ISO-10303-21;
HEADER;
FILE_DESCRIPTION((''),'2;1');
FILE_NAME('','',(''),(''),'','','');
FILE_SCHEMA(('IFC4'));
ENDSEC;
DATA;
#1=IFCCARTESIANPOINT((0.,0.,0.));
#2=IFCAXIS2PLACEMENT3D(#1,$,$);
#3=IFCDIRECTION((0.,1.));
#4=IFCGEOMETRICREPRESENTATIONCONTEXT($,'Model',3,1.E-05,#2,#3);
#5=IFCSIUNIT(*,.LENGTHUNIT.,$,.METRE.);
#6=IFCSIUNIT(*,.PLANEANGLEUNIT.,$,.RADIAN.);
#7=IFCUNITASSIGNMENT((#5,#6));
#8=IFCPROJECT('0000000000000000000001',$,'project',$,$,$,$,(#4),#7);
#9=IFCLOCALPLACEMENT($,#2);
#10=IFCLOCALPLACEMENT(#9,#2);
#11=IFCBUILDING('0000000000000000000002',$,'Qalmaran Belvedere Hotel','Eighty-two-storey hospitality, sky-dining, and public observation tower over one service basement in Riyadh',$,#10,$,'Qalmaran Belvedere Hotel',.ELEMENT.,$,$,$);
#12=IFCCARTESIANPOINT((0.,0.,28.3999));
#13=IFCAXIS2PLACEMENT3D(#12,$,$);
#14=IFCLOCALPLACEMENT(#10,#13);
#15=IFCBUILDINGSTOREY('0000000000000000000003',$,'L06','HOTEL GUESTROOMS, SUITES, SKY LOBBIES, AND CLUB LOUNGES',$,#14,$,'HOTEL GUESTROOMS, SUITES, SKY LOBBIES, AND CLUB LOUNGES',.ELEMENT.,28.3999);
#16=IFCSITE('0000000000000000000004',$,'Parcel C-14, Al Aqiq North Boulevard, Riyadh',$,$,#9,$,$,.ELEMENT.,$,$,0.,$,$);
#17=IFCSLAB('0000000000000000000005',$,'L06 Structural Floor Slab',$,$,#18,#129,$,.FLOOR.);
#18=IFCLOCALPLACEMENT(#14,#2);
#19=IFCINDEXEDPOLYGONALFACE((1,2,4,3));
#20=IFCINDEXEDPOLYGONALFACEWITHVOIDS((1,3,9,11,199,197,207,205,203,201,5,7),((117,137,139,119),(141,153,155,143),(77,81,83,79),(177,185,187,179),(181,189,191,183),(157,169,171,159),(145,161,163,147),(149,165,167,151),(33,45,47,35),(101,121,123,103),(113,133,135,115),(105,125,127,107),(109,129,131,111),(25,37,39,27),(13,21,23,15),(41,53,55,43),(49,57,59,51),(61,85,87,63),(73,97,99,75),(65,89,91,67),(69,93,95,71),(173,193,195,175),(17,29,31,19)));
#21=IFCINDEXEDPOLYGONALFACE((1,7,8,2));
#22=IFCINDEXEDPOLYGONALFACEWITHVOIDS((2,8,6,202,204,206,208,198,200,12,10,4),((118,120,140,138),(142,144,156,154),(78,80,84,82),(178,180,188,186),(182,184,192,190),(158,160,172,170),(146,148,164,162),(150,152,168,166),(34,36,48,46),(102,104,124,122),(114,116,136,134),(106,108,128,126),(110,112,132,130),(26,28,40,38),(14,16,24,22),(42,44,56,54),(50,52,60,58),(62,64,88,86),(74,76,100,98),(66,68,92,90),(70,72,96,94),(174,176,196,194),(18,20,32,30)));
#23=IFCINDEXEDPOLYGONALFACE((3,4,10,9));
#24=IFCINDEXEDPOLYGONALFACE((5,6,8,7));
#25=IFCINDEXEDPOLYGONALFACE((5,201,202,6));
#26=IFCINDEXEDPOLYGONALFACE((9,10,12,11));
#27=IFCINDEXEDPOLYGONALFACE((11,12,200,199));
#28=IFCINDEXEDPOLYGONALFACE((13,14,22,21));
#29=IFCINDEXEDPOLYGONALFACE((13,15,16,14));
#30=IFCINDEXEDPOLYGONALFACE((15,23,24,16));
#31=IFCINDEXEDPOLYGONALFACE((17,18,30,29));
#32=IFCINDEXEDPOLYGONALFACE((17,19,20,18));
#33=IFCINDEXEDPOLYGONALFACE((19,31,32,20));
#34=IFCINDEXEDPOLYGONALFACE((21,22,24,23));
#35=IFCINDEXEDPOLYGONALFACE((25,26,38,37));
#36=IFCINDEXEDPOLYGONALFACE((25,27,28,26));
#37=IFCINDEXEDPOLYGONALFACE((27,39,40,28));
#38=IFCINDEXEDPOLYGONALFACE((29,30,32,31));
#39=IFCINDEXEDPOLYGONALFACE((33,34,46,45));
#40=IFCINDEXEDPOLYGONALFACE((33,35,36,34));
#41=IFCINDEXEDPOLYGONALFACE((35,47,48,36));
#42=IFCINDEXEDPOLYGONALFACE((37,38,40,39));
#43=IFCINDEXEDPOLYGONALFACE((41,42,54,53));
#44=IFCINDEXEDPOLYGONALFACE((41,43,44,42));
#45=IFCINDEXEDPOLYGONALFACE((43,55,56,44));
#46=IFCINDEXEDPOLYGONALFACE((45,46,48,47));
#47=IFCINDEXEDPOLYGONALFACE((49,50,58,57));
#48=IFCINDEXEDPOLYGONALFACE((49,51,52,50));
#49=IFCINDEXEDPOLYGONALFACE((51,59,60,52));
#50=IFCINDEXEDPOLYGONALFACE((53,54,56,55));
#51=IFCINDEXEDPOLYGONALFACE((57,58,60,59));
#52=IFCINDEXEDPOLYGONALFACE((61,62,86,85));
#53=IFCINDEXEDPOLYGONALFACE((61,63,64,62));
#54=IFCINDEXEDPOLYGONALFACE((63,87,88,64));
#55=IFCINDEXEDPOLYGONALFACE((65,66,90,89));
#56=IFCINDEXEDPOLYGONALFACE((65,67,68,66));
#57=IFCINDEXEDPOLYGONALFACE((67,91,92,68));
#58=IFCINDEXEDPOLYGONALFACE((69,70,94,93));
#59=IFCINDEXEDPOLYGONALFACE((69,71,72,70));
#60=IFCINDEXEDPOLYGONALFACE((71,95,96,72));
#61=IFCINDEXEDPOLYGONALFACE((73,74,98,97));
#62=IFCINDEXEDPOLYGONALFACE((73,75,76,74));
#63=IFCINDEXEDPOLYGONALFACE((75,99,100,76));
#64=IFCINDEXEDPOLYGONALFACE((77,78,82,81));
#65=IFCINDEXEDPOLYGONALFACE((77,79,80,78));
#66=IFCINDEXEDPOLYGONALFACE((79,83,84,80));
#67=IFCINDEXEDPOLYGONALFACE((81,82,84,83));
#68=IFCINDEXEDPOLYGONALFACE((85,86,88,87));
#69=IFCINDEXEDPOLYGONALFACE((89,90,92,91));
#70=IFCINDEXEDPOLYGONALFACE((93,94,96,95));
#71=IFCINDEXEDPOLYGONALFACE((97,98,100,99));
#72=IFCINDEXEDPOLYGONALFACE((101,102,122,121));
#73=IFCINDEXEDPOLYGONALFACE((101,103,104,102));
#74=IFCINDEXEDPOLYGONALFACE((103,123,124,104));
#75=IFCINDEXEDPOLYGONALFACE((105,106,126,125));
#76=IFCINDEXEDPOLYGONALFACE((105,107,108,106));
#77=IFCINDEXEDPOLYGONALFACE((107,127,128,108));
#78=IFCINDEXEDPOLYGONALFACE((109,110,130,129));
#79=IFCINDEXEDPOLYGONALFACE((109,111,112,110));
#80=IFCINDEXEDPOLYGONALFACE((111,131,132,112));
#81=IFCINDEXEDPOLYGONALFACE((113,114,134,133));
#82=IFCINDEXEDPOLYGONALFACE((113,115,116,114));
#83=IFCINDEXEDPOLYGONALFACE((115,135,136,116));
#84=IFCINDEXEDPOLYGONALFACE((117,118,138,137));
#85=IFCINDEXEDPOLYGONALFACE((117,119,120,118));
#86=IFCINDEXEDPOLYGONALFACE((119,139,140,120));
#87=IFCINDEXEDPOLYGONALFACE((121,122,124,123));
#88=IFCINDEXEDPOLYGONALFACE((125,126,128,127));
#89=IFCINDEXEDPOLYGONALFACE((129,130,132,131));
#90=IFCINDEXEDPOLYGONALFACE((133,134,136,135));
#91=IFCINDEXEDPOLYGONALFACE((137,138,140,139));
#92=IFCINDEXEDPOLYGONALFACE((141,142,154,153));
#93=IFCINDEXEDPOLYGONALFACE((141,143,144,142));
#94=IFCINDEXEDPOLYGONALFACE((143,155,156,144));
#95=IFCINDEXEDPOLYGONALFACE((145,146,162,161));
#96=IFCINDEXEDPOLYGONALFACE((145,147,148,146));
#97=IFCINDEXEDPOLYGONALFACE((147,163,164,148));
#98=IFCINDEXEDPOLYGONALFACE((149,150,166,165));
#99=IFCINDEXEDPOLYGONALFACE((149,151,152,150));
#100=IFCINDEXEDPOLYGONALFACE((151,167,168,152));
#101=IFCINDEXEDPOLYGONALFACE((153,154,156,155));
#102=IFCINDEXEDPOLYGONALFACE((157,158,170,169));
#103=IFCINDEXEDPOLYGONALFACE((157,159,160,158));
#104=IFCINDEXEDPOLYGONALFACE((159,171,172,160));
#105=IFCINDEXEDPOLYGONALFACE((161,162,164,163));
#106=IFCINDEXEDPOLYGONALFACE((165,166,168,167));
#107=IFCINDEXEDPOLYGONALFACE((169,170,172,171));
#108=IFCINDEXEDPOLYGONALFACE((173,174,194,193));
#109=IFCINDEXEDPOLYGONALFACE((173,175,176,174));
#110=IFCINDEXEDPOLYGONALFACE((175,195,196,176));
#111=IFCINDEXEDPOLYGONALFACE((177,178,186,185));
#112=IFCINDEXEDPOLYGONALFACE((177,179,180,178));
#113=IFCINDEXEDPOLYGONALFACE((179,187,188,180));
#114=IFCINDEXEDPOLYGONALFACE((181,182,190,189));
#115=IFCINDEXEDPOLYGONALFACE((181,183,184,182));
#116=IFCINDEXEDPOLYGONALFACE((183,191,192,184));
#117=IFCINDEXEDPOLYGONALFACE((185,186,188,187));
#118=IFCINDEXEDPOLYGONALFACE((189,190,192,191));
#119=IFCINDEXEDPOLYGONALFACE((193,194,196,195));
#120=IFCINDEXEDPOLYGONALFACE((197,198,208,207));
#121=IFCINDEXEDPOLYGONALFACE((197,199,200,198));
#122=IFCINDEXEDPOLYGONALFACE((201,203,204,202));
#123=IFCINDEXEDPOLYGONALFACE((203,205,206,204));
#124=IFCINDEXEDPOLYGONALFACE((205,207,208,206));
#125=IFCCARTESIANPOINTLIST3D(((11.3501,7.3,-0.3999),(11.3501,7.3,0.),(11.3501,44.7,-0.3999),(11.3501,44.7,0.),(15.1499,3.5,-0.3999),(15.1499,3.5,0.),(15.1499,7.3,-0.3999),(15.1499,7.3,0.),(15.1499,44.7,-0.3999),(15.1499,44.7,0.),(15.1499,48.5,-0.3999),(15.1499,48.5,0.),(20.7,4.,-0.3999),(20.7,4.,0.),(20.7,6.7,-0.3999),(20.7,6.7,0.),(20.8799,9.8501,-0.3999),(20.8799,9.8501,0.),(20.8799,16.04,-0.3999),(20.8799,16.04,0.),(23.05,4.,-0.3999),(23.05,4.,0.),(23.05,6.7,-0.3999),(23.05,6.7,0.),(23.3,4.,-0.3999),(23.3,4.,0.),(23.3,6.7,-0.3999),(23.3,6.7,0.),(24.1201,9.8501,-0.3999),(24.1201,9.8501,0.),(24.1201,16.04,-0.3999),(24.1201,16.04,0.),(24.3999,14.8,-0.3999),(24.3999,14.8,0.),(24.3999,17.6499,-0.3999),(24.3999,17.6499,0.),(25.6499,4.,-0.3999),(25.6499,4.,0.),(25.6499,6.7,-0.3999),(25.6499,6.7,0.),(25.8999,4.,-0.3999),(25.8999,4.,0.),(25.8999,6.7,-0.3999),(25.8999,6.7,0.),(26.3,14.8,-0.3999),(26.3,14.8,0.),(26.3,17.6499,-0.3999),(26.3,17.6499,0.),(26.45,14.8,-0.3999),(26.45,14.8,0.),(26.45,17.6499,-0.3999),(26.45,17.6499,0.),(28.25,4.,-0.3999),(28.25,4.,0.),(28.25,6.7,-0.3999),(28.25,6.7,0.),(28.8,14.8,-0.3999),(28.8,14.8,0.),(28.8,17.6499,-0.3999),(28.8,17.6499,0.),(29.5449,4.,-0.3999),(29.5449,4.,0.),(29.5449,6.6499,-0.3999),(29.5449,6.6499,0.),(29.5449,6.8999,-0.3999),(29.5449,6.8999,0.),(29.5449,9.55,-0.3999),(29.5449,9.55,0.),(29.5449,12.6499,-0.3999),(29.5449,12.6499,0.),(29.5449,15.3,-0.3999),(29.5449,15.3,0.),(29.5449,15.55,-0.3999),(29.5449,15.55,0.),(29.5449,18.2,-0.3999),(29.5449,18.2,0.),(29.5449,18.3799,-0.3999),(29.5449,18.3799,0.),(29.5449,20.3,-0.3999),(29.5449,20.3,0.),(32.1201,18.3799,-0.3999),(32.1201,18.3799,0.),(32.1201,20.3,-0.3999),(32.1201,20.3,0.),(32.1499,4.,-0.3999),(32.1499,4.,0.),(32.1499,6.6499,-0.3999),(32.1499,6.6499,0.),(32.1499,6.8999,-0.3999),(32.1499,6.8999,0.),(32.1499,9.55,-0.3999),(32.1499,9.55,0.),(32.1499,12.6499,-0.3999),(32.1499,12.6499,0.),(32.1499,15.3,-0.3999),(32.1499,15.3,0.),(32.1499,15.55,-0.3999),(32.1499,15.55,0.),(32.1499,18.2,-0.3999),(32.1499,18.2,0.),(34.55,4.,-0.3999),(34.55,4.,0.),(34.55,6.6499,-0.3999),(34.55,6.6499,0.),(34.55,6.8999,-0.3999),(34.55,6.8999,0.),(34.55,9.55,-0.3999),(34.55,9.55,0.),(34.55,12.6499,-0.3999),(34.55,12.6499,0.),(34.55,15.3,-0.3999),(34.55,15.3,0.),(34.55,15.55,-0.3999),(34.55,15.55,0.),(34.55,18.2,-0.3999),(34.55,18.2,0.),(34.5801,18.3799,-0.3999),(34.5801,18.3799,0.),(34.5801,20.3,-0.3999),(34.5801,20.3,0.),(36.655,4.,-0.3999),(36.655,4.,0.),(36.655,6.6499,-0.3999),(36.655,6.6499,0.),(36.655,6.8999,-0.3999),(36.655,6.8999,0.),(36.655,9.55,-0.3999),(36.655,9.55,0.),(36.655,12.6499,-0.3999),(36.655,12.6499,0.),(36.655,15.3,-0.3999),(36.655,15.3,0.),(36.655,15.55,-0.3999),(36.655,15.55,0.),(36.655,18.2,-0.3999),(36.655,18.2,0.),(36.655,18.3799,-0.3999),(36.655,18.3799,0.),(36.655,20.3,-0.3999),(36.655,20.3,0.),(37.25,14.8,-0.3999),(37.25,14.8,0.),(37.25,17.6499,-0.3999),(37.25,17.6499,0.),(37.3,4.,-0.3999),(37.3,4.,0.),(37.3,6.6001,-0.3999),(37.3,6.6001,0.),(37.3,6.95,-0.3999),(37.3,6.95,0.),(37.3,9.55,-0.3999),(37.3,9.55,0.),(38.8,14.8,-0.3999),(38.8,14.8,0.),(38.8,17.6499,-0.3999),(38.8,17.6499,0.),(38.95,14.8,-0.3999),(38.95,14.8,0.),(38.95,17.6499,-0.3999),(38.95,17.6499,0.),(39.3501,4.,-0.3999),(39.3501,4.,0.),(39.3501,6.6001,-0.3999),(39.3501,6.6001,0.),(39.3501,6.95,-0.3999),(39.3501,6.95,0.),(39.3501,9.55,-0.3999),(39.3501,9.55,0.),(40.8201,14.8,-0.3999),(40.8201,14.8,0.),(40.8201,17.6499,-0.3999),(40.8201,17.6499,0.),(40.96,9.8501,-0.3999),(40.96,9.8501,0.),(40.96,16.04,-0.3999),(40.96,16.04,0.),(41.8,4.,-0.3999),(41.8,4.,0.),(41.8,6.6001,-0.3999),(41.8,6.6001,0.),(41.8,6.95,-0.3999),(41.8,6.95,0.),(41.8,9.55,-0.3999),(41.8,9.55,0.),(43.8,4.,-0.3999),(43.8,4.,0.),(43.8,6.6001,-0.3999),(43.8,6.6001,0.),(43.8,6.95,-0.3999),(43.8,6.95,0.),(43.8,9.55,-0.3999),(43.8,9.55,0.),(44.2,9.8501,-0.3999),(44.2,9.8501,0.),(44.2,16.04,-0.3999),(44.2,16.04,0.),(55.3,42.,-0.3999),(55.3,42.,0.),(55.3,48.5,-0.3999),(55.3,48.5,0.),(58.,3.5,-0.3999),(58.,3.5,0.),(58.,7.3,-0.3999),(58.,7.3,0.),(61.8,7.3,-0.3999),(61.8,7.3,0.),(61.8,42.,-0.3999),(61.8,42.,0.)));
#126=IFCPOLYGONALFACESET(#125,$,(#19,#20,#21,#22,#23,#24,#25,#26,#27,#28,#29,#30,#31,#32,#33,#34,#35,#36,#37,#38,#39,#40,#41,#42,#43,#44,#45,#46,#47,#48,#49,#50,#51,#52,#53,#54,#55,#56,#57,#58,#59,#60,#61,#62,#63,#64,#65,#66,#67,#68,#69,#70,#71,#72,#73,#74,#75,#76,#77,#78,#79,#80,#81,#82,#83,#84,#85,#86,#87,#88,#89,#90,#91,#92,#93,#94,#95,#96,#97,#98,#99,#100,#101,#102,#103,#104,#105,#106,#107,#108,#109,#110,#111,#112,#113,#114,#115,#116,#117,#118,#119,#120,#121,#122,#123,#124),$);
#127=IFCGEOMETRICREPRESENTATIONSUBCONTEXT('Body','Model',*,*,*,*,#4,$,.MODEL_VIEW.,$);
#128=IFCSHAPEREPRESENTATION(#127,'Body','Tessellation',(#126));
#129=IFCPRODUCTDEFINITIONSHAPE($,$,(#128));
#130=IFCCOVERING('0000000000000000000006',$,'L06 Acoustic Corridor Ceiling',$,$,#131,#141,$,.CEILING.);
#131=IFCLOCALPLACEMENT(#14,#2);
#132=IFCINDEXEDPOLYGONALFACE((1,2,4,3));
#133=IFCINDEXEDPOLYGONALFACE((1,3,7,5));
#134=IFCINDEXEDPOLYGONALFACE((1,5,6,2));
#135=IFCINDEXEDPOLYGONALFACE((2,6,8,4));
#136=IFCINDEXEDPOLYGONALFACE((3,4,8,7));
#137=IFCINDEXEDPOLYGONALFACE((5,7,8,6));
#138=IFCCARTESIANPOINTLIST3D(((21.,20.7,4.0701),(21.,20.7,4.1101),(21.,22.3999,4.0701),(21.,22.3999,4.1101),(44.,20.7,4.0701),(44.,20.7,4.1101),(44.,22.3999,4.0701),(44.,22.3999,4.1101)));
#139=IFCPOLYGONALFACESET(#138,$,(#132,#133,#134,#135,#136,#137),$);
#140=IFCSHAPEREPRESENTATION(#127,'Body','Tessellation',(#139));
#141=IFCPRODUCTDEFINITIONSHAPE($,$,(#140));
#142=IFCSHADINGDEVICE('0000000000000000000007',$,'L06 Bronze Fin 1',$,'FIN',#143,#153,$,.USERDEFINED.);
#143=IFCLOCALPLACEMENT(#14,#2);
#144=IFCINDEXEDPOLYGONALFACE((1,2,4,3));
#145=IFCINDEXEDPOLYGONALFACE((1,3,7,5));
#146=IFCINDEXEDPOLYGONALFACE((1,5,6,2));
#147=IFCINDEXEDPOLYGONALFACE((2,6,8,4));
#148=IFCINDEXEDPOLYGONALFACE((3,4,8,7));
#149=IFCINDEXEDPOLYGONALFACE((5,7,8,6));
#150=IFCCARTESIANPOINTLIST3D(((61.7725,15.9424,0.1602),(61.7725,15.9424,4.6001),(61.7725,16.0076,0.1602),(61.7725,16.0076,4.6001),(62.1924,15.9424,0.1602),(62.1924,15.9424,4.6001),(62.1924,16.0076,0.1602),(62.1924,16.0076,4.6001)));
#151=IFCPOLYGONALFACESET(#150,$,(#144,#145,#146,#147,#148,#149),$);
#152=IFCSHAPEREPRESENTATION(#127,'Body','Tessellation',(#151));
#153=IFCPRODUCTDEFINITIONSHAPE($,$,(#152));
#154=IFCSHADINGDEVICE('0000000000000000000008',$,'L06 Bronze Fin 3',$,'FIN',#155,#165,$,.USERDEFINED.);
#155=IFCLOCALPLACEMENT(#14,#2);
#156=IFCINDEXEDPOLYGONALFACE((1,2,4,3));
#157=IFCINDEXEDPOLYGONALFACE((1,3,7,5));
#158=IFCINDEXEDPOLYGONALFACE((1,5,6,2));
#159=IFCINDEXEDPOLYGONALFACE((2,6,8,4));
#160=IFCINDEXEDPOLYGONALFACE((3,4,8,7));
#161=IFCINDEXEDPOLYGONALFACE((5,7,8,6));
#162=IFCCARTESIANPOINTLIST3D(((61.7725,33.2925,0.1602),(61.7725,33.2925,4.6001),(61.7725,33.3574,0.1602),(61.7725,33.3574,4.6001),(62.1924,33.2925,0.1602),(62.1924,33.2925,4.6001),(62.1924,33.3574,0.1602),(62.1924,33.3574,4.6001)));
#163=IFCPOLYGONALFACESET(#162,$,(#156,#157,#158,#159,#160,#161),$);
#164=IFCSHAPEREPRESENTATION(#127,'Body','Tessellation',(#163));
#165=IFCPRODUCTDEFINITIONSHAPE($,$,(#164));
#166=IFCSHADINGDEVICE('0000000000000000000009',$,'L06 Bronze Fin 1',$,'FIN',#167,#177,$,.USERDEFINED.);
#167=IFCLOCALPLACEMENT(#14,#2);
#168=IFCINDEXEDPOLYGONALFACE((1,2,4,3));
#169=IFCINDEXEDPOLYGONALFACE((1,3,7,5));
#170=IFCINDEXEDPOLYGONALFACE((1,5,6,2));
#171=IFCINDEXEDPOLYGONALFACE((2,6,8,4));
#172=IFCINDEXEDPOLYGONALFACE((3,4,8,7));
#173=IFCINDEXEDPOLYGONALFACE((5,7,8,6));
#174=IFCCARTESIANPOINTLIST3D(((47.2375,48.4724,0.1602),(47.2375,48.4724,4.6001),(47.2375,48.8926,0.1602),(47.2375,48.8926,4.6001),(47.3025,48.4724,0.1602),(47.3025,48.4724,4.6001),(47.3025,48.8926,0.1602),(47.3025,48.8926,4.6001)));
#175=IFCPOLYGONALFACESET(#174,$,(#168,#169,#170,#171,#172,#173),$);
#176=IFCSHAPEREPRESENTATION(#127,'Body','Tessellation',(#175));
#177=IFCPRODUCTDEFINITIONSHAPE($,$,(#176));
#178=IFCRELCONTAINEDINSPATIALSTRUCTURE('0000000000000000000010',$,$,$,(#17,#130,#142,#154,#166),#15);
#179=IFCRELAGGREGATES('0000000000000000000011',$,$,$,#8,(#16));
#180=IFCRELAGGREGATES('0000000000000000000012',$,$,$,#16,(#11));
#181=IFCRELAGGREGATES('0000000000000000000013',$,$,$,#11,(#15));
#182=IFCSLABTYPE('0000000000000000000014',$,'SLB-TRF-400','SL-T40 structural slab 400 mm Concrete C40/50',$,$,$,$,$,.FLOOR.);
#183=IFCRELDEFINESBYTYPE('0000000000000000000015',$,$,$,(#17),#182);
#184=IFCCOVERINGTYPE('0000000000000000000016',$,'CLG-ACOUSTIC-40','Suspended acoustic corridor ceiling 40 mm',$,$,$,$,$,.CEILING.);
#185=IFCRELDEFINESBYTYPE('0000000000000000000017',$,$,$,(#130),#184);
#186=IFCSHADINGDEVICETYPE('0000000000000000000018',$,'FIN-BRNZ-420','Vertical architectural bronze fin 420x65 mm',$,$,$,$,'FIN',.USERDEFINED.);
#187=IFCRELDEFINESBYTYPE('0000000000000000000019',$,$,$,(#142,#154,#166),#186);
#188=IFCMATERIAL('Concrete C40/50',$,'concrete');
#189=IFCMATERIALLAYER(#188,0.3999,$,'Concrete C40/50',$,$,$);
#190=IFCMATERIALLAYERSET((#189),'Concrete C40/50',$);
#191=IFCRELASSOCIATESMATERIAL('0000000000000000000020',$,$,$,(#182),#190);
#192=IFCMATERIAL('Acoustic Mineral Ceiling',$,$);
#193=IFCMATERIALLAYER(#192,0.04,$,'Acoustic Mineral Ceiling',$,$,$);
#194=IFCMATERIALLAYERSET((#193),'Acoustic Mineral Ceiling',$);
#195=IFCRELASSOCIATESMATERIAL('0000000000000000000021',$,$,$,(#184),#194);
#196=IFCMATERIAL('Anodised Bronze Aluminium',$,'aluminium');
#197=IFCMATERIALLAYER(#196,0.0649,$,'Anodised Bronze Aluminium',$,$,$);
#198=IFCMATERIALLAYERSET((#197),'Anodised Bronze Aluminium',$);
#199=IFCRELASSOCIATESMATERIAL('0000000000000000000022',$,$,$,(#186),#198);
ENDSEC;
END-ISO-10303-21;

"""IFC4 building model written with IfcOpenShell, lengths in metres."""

from ifc_helpers import new_model, si_unit, direction, frame, origin, place, context, subcontext, project, spatial, polyline, outline, extrude, material, layer, layer_set, type_object, element, save


model = new_model("IFC4")

# Units and contexts
model_context = context("Model", 3, precision=1e-05, world=origin(), true_north=direction((0.0, 1.0)))
body_context = subcontext(model_context, "Body", "Model", "MODEL_VIEW")
ifc_project = project(units=[si_unit("LENGTHUNIT", "METRE"), si_unit("PLANEANGLEUNIT", "RADIAN")], contexts=[model_context])

# Site, building, storey
site_placement = place(None, origin())
site = spatial("IfcSite", under=ifc_project, at=site_placement, Name="Parcel C-14, Al Aqiq North Boulevard, Riyadh", CompositionType="ELEMENT", RefElevation=0.0)
building_placement = place(site_placement, origin())
building = spatial("IfcBuilding", under=site, at=building_placement, Name="Qalmaran Belvedere Hotel", Description="Eighty-two-storey hospitality, sky-dining, and public observation tower over one service basement in Riyadh", LongName="Qalmaran Belvedere Hotel", CompositionType="ELEMENT")
storey_placement = place(building_placement, frame((0.0, 0.0, 28.3999)))
storey = spatial("IfcBuildingStorey", under=building, at=storey_placement, Name="L06", Description="HOTEL GUESTROOMS, SUITES, SKY LOBBIES, AND CLUB LOUNGES", LongName="HOTEL GUESTROOMS, SUITES, SKY LOBBIES, AND CLUB LOUNGES", CompositionType="ELEMENT", Elevation=28.3999)

# Shared definitions
ifc_material_1 = material(Name="Anodised Bronze Aluminium", Category="aluminium")

# Shared definitions
ifc_material_2 = material(Name="Concrete C40/50", Category="concrete")

# Slab
ifc_layer_1 = layer(ifc_material_2, 0.3999, Name="Concrete C40/50")
ifc_layer_set_1 = layer_set([ifc_layer_1], Name="Concrete C40/50")
slab_type_1 = type_object("IfcSlabType", Name="SLB-TRF-400", Description="SL-T40 structural slab 400 mm Concrete C40/50", PredefinedType="FLOOR", material=ifc_layer_set_1)
slab_1_placement = place(storey_placement, frame((0.0, 0.0, -0.3999)))
element("IfcSlab", 1, at=slab_1_placement, inside=storey, type_object=slab_type_1, Name="L06 Structural Floor Slab", PredefinedType="FLOOR", context=body_context, shape_type="SweptSolid", body=[
    extrude(outline(polyline([(15.1499, 3.5), (58.0, 3.5), (58.0, 7.3), (61.8, 7.3), (61.8, 42.0), (55.3, 42.0), (55.3, 48.5), (15.1499, 48.5), (15.1499, 44.7), (11.3501, 44.7), (11.3501, 7.3), (15.1499, 7.3), (15.1499, 3.5)]), holes=[polyline([(20.8799, 9.8501), (24.1201, 9.8501), (24.1201, 16.04), (20.8799, 16.04), (20.8799, 9.8501)]), polyline([(40.96, 9.8501), (44.2, 9.8501), (44.2, 16.04), (40.96, 16.04), (40.96, 9.8501)]), polyline([(29.5449, 4.0), (32.1499, 4.0), (32.1499, 6.6499), (29.5449, 6.6499), (29.5449, 4.0)]), polyline([(29.5449, 6.8999), (32.1499, 6.8999), (32.1499, 9.55), (29.5449, 9.55), (29.5449, 6.8999)]), polyline([(34.55, 4.0), (36.655, 4.0), (36.655, 6.6499), (34.55, 6.6499), (34.55, 4.0)]), polyline([(34.55, 6.8999), (36.655, 6.8999), (36.655, 9.55), (34.55, 9.55), (34.55, 6.8999)]), polyline([(29.5449, 12.6499), (32.1499, 12.6499), (32.1499, 15.3), (29.5449, 15.3), (29.5449, 12.6499)]), polyline([(29.5449, 15.55), (32.1499, 15.55), (32.1499, 18.2), (29.5449, 18.2), (29.5449, 15.55)]), polyline([(34.55, 12.6499), (36.655, 12.6499), (36.655, 15.3), (34.55, 15.3), (34.55, 12.6499)]), polyline([(34.55, 15.55), (36.655, 15.55), (36.655, 18.2), (34.55, 18.2), (34.55, 15.55)]), polyline([(37.3, 4.0), (39.3501, 4.0), (39.3501, 6.6001), (37.3, 6.6001), (37.3, 4.0)]), polyline([(37.3, 6.95), (39.3501, 6.95), (39.3501, 9.55), (37.3, 9.55), (37.3, 6.95)]), polyline([(41.8, 4.0), (43.8, 4.0), (43.8, 6.6001), (41.8, 6.6001), (41.8, 4.0)]), polyline([(41.8, 6.95), (43.8, 6.95), (43.8, 9.55), (41.8, 9.55), (41.8, 6.95)]), polyline([(20.7, 4.0), (23.05, 4.0), (23.05, 6.7), (20.7, 6.7), (20.7, 4.0)]), polyline([(23.3, 4.0), (25.6499, 4.0), (25.6499, 6.7), (23.3, 6.7), (23.3, 4.0)]), polyline([(25.8999, 4.0), (28.25, 4.0), (28.25, 6.7), (25.8999, 6.7), (25.8999, 4.0)]), polyline([(24.3999, 14.8), (26.3, 14.8), (26.3, 17.6499), (24.3999, 17.6499), (24.3999, 14.8)]), polyline([(38.95, 14.8), (40.8201, 14.8), (40.8201, 17.6499), (38.95, 17.6499), (38.95, 14.8)]), polyline([(26.45, 14.8), (28.8, 14.8), (28.8, 17.6499), (26.45, 17.6499), (26.45, 14.8)]), polyline([(37.25, 14.8), (38.8, 14.8), (38.8, 17.6499), (37.25, 17.6499), (37.25, 14.8)]), polyline([(29.5449, 18.3799), (32.1201, 18.3799), (32.1201, 20.3), (29.5449, 20.3), (29.5449, 18.3799)]), polyline([(34.5801, 18.3799), (36.655, 18.3799), (36.655, 20.3), (34.5801, 20.3), (34.5801, 18.3799)])]), origin(), (0.0, 0.0, 1.0), 0.3999),
])

# Covering
ifc_material_3 = material(Name="Acoustic Mineral Ceiling")
ifc_layer_2 = layer(ifc_material_3, 0.04, Name="Acoustic Mineral Ceiling")
ifc_layer_set_2 = layer_set([ifc_layer_2], Name="Acoustic Mineral Ceiling")
covering_type_1 = type_object("IfcCoveringType", Name="CLG-ACOUSTIC-40", Description="Suspended acoustic corridor ceiling 40 mm", PredefinedType="CEILING", material=ifc_layer_set_2)
covering_1_placement = place(storey_placement, frame((0.0, 0.0, 4.0701)))
element("IfcCovering", 2, at=covering_1_placement, inside=storey, type_object=covering_type_1, Name="L06 Acoustic Corridor Ceiling", PredefinedType="CEILING", context=body_context, shape_type="SweptSolid", body=[
    extrude(outline(polyline([(21.0, 20.7), (44.0, 20.7), (44.0, 22.3999), (21.0, 22.3999), (21.0, 20.7)])), origin(), (0.0, 0.0, 1.0), 0.04),
])

# Shading devices
ifc_layer_3 = layer(ifc_material_1, 0.0649, Name="Anodised Bronze Aluminium")
ifc_layer_set_3 = layer_set([ifc_layer_3], Name="Anodised Bronze Aluminium")
shading_device_type = type_object("IfcShadingDeviceType", Name="FIN-BRNZ-420", Description="Vertical architectural bronze fin 420x65 mm", ElementType="FIN", PredefinedType="USERDEFINED", material=ifc_layer_set_3)
shading_device_1_placement = place(storey_placement, frame((0.0, 0.0, 0.1602)))
element("IfcShadingDevice", 3, at=shading_device_1_placement, inside=storey, type_object=shading_device_type, Name="L06 Bronze Fin 1", ObjectType="FIN", PredefinedType="USERDEFINED", context=body_context, shape_type="SweptSolid", body=[
    extrude(outline(polyline([(61.7725, 15.9424), (62.1924, 15.9424), (62.1924, 16.0076), (61.7725, 16.0076), (61.7725, 15.9424)])), origin(), (0.0, 0.0, 1.0), 4.4399),
])
shading_device_2_placement = place(storey_placement, frame((0.0, 0.0, 0.1602)))
element("IfcShadingDevice", 4, at=shading_device_2_placement, inside=storey, type_object=shading_device_type, Name="L06 Bronze Fin 3", ObjectType="FIN", PredefinedType="USERDEFINED", context=body_context, shape_type="SweptSolid", body=[
    extrude(outline(polyline([(61.7725, 33.2925), (62.1924, 33.2925), (62.1924, 33.3574), (61.7725, 33.3574), (61.7725, 33.2925)])), origin(), (0.0, 0.0, 1.0), 4.4399),
])
shading_device_3_placement = place(storey_placement, frame((0.0, 0.0, 0.1602)))
element("IfcShadingDevice", 5, at=shading_device_3_placement, inside=storey, type_object=shading_device_type, Name="L06 Bronze Fin 1", ObjectType="FIN", PredefinedType="USERDEFINED", context=body_context, shape_type="SweptSolid", body=[
    extrude(outline(polyline([(47.3025, 48.4724), (47.3025, 48.8926), (47.2375, 48.8926), (47.2375, 48.4724), (47.3025, 48.4724)])), origin(), (0.0, 0.0, 1.0), 4.4399),
])

save(model, "model.ifc")
